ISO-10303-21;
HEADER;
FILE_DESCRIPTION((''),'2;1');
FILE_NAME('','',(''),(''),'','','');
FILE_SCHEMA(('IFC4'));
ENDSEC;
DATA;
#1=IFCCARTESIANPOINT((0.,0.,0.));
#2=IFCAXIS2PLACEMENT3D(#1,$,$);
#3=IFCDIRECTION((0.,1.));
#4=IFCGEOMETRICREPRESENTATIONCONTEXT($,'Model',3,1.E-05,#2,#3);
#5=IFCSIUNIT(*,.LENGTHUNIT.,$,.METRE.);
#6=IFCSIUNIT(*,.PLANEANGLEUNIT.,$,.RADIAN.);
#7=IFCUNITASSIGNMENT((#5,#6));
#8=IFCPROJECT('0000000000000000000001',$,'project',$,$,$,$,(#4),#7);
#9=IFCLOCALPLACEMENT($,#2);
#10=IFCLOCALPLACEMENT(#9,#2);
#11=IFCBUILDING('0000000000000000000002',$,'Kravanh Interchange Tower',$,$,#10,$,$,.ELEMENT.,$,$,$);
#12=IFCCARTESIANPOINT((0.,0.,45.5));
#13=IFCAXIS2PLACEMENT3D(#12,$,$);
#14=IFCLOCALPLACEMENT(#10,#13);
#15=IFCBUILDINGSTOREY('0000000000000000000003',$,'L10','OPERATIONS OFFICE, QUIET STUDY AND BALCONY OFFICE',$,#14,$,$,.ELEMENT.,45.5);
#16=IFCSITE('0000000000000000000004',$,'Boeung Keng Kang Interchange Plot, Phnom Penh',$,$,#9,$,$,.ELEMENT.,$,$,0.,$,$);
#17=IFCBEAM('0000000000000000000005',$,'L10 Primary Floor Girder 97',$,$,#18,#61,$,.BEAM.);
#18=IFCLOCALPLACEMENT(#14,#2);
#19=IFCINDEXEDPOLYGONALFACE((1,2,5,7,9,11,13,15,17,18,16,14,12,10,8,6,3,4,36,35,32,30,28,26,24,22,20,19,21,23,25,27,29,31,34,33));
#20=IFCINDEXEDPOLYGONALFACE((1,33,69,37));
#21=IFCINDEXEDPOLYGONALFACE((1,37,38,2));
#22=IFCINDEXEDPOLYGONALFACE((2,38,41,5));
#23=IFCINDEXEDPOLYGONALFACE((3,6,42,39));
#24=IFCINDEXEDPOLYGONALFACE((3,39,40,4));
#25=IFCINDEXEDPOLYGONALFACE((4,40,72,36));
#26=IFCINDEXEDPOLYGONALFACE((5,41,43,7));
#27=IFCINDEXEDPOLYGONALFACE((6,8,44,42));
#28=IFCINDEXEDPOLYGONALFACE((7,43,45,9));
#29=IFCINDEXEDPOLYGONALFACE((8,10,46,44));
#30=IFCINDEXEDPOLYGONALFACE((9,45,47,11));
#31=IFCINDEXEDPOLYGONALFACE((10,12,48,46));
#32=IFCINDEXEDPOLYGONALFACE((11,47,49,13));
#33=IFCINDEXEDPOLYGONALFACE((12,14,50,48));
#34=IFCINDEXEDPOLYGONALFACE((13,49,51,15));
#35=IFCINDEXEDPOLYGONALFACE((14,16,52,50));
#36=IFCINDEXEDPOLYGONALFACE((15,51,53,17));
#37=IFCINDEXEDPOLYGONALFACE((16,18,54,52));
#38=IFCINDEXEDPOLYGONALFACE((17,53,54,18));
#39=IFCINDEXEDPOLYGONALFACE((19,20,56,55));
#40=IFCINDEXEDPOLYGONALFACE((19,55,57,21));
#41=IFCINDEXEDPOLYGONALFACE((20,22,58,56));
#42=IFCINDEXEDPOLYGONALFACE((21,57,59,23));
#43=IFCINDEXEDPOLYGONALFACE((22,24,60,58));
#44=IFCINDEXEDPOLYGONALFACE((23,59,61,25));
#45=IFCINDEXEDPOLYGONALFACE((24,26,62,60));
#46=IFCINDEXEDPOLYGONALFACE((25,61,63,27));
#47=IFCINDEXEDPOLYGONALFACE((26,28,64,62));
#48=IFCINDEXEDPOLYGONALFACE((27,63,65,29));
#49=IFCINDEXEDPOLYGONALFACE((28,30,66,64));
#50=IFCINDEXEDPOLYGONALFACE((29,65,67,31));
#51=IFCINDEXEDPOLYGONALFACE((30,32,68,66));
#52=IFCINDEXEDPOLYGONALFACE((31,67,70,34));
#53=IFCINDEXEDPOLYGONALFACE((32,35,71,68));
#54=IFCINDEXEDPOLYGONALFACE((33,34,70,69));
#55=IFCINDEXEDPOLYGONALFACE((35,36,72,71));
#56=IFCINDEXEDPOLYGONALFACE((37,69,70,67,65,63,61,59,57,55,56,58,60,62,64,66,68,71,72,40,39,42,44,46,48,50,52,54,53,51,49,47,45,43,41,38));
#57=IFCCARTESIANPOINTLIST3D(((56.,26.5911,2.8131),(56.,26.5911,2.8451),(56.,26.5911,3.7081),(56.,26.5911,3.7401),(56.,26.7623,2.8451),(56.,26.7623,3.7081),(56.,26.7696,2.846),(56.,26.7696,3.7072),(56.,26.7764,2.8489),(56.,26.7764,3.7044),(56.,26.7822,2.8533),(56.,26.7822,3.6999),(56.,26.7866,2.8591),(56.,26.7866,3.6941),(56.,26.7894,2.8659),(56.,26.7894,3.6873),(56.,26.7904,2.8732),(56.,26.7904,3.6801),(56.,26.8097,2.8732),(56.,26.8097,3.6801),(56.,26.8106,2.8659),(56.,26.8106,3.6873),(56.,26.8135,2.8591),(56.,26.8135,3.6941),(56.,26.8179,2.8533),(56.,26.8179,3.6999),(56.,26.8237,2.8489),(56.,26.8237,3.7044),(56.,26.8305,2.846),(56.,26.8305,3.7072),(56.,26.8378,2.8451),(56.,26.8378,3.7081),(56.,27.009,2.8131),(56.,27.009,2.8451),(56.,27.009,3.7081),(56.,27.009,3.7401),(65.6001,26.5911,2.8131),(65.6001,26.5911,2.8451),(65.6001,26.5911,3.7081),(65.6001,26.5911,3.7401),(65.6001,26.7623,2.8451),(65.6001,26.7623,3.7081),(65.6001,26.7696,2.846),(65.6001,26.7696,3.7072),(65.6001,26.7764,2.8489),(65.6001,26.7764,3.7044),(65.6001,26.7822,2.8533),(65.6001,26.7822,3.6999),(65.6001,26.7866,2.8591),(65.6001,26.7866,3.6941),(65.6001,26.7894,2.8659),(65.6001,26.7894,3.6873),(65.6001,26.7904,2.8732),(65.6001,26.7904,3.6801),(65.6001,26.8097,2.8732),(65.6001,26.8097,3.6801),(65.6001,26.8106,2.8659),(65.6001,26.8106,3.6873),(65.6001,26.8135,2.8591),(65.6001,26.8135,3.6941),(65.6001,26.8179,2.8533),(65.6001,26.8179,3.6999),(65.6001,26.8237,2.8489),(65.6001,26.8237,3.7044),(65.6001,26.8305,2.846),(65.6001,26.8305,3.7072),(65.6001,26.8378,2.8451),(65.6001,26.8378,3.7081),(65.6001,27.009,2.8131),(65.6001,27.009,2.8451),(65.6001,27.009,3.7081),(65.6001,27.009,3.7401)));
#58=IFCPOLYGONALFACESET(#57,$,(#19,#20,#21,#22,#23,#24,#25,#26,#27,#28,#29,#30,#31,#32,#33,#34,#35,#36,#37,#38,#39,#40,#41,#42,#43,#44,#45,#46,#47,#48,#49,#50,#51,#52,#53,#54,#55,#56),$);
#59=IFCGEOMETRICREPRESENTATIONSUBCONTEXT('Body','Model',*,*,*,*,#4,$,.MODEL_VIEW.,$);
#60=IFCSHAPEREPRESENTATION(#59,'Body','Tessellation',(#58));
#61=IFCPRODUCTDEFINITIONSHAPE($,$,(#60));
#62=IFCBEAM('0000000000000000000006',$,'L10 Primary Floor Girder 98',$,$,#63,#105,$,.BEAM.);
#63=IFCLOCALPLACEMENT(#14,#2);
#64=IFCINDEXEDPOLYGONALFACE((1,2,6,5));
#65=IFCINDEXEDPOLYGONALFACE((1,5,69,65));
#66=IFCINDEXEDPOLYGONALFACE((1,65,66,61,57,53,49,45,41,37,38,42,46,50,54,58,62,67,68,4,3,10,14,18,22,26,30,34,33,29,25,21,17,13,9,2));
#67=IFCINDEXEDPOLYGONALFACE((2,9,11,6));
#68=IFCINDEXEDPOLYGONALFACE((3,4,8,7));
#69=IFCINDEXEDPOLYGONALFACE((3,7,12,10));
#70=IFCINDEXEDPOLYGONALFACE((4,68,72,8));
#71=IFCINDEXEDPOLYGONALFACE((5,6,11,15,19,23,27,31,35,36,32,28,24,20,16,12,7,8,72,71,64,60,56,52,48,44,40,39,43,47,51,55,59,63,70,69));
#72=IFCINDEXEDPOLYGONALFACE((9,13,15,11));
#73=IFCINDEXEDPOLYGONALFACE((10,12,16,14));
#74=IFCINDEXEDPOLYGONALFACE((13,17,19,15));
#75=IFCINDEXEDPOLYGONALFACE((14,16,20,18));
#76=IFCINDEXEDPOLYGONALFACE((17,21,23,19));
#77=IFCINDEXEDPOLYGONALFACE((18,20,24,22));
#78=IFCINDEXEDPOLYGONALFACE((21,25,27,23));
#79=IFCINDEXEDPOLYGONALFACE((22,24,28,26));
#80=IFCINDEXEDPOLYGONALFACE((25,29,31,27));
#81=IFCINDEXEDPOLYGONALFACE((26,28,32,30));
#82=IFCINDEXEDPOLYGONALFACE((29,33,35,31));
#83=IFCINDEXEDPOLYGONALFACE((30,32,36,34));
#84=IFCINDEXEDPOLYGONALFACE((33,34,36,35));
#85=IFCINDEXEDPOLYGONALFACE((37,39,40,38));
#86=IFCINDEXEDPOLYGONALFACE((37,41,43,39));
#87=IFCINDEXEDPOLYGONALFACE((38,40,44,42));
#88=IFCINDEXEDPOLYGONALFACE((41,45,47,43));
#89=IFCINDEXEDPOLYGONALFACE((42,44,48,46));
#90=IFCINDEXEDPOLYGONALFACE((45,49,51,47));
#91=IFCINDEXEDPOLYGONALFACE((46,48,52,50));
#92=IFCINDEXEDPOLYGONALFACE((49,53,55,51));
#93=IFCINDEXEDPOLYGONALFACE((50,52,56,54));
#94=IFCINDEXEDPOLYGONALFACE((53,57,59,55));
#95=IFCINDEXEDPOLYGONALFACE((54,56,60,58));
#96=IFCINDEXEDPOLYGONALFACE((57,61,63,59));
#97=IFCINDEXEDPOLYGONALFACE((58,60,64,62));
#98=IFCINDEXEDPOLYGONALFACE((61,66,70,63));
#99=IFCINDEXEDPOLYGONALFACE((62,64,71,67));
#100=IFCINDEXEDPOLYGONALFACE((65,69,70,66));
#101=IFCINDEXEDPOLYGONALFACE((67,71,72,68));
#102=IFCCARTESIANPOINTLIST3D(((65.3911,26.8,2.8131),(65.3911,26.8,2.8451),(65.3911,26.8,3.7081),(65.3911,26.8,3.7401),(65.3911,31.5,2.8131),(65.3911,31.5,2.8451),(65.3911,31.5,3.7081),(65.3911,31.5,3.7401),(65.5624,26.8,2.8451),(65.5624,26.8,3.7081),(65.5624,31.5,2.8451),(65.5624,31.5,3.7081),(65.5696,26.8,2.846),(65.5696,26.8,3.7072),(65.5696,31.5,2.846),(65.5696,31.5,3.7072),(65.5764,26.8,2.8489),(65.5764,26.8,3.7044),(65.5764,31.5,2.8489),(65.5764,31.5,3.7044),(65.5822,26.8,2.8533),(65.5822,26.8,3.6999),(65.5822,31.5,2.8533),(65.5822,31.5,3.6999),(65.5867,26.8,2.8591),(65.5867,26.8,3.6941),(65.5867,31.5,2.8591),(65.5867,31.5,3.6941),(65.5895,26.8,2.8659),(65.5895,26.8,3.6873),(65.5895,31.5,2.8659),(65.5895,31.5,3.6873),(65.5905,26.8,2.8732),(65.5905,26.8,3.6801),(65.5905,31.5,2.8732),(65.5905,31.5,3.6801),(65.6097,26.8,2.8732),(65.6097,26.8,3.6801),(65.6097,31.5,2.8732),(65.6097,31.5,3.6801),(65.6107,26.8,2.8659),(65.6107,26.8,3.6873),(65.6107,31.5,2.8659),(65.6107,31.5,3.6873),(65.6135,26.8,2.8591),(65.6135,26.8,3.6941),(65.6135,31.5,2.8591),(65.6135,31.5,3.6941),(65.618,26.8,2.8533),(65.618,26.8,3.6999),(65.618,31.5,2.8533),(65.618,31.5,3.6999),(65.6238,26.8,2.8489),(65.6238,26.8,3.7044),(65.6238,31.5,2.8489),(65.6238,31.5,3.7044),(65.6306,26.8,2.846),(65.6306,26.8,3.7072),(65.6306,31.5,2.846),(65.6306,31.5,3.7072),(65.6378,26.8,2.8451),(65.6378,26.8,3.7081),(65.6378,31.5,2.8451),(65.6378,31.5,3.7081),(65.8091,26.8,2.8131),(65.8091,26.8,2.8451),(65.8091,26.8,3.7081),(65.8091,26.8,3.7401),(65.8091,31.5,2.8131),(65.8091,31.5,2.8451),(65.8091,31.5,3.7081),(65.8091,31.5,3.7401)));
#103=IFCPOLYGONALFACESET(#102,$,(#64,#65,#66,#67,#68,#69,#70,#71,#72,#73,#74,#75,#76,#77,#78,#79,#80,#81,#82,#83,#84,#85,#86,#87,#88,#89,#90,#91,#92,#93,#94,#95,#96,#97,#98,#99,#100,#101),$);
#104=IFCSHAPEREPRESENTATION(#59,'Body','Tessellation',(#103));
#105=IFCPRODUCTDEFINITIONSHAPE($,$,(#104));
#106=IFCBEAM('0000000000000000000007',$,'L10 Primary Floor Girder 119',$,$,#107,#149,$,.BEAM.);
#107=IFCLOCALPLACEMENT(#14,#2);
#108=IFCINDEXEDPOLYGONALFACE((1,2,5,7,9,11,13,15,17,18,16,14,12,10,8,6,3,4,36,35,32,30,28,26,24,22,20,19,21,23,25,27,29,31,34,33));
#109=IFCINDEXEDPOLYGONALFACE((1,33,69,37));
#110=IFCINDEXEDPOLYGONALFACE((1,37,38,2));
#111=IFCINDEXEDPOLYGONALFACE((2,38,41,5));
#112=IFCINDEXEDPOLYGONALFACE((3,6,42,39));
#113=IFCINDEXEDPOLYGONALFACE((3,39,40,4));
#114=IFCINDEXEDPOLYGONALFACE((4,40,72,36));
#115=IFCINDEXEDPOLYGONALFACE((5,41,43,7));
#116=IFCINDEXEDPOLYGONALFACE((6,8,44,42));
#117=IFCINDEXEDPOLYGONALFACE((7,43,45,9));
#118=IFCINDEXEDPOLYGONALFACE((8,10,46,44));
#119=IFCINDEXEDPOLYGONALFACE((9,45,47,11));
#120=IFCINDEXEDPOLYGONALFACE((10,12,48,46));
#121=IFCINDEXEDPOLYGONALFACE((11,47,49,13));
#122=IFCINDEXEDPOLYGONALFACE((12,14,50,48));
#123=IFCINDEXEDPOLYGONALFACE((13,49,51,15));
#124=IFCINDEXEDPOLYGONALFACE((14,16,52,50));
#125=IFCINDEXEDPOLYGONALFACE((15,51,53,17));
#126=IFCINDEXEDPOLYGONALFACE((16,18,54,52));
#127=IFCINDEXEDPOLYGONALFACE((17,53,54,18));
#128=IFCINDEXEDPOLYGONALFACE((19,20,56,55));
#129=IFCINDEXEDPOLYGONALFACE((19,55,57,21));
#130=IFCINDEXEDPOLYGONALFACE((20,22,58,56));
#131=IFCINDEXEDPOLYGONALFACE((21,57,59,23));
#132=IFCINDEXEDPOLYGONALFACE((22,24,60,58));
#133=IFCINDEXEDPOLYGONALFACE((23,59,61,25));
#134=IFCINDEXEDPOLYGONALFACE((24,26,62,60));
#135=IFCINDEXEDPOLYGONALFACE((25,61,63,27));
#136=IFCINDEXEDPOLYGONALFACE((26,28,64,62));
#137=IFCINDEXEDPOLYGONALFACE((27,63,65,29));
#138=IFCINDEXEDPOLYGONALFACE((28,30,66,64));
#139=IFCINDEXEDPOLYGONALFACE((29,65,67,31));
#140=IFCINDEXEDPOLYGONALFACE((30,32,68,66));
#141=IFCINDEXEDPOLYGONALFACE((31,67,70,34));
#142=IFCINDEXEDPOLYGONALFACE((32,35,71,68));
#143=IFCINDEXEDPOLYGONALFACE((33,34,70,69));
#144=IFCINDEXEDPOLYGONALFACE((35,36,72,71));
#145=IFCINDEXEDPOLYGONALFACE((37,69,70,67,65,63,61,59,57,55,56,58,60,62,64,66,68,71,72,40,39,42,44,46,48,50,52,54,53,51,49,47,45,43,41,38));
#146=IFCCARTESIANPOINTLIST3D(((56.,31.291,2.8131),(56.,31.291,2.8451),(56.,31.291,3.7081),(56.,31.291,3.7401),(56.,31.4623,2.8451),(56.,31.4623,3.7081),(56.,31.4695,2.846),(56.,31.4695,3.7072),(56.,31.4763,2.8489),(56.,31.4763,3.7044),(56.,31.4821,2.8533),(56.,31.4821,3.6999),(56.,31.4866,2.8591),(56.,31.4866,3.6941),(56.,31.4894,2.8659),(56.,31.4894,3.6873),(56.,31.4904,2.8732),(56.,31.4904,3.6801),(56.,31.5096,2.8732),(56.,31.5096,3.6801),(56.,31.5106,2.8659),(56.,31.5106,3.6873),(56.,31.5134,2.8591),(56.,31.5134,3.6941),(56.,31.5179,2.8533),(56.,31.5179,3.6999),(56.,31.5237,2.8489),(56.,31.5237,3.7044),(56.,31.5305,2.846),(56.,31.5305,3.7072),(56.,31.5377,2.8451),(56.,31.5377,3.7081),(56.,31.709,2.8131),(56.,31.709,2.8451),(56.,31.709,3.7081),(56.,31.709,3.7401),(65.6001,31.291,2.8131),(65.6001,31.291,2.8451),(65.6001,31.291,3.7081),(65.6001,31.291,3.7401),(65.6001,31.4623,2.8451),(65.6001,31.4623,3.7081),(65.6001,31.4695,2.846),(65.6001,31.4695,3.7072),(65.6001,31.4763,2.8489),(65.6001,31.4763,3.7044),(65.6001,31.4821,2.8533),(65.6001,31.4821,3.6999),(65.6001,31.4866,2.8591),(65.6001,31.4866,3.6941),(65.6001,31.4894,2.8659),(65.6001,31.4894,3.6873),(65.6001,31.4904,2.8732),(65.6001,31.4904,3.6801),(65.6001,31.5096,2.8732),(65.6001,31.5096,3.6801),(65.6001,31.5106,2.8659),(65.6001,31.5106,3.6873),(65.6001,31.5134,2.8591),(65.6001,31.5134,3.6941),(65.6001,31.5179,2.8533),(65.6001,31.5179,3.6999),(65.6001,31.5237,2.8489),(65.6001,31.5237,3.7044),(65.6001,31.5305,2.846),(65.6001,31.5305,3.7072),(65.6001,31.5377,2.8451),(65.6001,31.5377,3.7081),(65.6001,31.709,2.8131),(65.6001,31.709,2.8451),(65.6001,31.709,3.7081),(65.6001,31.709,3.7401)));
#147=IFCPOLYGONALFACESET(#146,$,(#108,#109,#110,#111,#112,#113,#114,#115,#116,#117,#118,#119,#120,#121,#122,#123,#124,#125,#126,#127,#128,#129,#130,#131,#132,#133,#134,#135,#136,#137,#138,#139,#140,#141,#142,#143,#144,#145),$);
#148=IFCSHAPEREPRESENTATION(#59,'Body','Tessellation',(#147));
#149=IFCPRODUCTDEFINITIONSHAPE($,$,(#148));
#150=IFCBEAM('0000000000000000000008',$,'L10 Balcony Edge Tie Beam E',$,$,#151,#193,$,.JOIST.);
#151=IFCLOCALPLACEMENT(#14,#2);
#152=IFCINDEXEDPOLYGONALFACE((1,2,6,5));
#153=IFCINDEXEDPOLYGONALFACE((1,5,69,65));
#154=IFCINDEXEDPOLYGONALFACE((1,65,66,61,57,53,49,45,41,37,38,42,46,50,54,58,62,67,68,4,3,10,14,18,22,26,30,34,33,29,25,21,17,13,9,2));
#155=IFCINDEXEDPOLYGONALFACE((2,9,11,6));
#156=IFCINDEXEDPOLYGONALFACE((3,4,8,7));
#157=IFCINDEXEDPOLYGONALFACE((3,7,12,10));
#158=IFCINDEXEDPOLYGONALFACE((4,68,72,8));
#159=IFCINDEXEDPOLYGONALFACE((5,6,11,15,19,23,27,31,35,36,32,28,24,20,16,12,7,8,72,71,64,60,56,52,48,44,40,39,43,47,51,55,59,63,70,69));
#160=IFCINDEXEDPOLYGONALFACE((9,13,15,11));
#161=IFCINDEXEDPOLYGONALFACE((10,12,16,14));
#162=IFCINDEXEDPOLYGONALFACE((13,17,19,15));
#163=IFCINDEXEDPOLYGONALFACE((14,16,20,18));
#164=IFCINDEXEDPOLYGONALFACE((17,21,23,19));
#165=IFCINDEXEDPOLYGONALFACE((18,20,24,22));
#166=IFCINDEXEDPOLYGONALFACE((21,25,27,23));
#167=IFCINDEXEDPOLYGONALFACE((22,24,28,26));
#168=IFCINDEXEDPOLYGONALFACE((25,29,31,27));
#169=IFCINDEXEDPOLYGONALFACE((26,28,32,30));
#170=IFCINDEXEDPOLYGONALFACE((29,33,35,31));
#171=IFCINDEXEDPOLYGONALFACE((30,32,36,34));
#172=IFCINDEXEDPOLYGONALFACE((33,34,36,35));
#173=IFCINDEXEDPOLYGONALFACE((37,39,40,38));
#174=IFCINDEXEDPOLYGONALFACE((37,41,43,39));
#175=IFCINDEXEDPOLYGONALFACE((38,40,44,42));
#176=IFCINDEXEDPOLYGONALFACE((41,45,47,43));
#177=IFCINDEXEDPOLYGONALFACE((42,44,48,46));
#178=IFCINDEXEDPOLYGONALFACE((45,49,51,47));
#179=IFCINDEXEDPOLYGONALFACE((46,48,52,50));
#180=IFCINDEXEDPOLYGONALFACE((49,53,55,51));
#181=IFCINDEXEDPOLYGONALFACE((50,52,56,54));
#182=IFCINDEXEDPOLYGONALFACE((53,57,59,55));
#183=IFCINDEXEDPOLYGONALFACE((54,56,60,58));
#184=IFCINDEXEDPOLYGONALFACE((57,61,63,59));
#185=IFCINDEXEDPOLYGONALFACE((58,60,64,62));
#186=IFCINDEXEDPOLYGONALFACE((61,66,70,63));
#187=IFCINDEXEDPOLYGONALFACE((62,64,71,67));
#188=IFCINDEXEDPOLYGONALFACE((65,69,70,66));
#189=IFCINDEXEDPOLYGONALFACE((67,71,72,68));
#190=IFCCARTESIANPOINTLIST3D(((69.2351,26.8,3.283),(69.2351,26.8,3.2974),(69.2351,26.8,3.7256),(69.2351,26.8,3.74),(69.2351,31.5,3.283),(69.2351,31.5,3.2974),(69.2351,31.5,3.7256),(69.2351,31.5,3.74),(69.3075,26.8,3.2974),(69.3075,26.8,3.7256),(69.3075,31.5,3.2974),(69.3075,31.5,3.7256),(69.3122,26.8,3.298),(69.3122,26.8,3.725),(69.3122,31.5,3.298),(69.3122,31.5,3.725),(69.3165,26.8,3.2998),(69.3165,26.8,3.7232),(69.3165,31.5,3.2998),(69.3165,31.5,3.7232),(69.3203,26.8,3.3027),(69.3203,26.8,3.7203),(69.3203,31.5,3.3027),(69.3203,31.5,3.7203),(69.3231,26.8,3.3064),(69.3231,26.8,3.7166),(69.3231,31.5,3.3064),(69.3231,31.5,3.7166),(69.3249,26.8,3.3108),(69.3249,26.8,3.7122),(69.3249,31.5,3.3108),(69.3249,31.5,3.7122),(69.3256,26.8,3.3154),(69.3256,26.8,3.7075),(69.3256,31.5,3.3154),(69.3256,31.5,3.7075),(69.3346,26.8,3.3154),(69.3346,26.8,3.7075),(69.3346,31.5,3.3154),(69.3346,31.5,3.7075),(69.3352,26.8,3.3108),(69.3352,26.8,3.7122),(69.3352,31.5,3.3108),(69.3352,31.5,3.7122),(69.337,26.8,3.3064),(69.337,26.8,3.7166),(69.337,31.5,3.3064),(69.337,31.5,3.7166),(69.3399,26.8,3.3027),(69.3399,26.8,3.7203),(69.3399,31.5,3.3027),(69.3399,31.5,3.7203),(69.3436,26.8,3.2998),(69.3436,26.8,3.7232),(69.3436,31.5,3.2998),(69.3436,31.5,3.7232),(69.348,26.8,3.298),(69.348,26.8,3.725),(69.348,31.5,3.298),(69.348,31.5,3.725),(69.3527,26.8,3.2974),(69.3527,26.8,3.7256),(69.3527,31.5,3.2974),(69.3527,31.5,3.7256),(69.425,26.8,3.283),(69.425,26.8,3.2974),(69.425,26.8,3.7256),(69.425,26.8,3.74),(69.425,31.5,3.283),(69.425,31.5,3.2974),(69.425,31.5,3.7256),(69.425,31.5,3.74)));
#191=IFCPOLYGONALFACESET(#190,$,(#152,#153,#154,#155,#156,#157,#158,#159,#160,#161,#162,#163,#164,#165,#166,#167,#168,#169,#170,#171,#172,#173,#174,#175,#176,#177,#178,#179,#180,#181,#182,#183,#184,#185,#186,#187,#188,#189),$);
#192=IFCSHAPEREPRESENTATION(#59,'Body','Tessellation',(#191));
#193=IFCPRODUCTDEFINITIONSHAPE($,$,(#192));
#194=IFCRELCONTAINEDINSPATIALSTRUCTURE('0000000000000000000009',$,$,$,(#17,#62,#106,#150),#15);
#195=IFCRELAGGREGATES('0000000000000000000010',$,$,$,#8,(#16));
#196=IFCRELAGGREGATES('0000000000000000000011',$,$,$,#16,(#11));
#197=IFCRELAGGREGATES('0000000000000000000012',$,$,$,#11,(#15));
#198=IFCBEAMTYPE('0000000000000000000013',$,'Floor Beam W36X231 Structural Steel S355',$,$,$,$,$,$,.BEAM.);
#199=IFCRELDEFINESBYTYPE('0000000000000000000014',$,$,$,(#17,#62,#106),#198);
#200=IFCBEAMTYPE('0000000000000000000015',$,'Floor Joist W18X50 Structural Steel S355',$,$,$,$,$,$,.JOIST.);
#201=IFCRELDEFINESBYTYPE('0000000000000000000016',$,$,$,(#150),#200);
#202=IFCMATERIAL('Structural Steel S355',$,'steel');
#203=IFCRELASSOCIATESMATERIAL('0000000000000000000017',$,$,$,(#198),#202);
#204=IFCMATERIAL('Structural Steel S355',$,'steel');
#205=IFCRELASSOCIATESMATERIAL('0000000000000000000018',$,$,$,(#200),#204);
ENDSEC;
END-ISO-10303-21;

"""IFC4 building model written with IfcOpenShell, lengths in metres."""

from ifc_helpers import new_model, si_unit, direction, frame, origin, origin_2d, place, context, subcontext, project, spatial, i_section, extrude, material, material_profile, profile_set, type_object, element, save


model = new_model("IFC4")

# Units and contexts
model_context = context("Model", 3, precision=1e-05, world=origin(), true_north=direction((0.0, 1.0)))
body_context = subcontext(model_context, "Body", "Model", "MODEL_VIEW")
ifc_project = project(units=[si_unit("LENGTHUNIT", "METRE"), si_unit("PLANEANGLEUNIT", "RADIAN")], contexts=[model_context])

# Site, building, storey
site_placement = place(None, origin())
site = spatial("IfcSite", under=ifc_project, at=site_placement, Name="Boeung Keng Kang Interchange Plot, Phnom Penh", CompositionType="ELEMENT", RefElevation=0.0)
building_placement = place(site_placement, origin())
building = spatial("IfcBuilding", under=site, at=building_placement, Name="Kravanh Interchange Tower", CompositionType="ELEMENT")
storey_placement = place(building_placement, frame((0.0, 0.0, 45.5)))
storey = spatial("IfcBuildingStorey", under=building, at=storey_placement, Name="L10", Description="OPERATIONS OFFICE, QUIET STUDY AND BALCONY OFFICE", CompositionType="ELEMENT", Elevation=45.5)

# Beams
ifc_material_1 = material(Name="Structural Steel S355", Category="steel")
ifc_material_profile_1 = material_profile(ifc_material_1, i_section(OverallWidth=0.418, OverallDepth=0.927, WebThickness=0.0193, FlangeThickness=0.032, FilletRadius=0.0281, at=origin_2d()), Name="W36X231")
ifc_profile_set_1 = profile_set([ifc_material_profile_1], Name="Structural Steel S355")
beam_type_1 = type_object("IfcBeamType", Name="Floor Beam W36X231 Structural Steel S355", PredefinedType="BEAM", material=ifc_profile_set_1)
beam_1_placement = place(storey_placement, frame((56.0, 26.8, 3.2766), z_axis=(1.0, 0.0, 0.0), x_axis=(0.0, 1.0, 0.0)))
element("IfcBeam", 1, at=beam_1_placement, inside=storey, type_object=beam_type_1, Name="L10 Primary Floor Girder 97", PredefinedType="BEAM", context=body_context, shape_type="SweptSolid", body=[
    extrude(i_section(OverallWidth=0.418, OverallDepth=0.927, WebThickness=0.0193, FlangeThickness=0.032, FilletRadius=0.0281, at=origin_2d()), origin(), (0.0, 0.0, 1.0), 9.6001),
])
beam_2_placement = place(storey_placement, frame((65.6001, 26.8, 3.2766), z_axis=(0.0, 1.0, 0.0), x_axis=(-1.0, 0.0, 0.0)))
element("IfcBeam", 2, at=beam_2_placement, inside=storey, type_object=beam_type_1, Name="L10 Primary Floor Girder 98", PredefinedType="BEAM", context=body_context, shape_type="SweptSolid", body=[
    extrude(i_section(OverallWidth=0.418, OverallDepth=0.927, WebThickness=0.0193, FlangeThickness=0.032, FilletRadius=0.0281, at=origin_2d()), origin(), (0.0, 0.0, 1.0), 4.7),
])
beam_3_placement = place(storey_placement, frame((56.0, 31.5, 3.2766), z_axis=(1.0, 0.0, 0.0), x_axis=(0.0, 1.0, 0.0)))
element("IfcBeam", 3, at=beam_3_placement, inside=storey, type_object=beam_type_1, Name="L10 Primary Floor Girder 119", PredefinedType="BEAM", context=body_context, shape_type="SweptSolid", body=[
    extrude(i_section(OverallWidth=0.418, OverallDepth=0.927, WebThickness=0.0193, FlangeThickness=0.032, FilletRadius=0.0281, at=origin_2d()), origin(), (0.0, 0.0, 1.0), 9.6001),
])
ifc_material_2 = material(Name="Structural Steel S355", Category="steel")
ifc_material_profile_2 = material_profile(ifc_material_2, i_section(OverallWidth=0.1899, OverallDepth=0.457, WebThickness=0.009, FlangeThickness=0.0144, FilletRadius=0.0181, at=origin_2d()), Name="W18X50")
ifc_profile_set_2 = profile_set([ifc_material_profile_2], Name="Structural Steel S355")
beam_type_2 = type_object("IfcBeamType", Name="Floor Joist W18X50 Structural Steel S355", PredefinedType="JOIST", material=ifc_profile_set_2)
beam_4_placement = place(storey_placement, frame((69.3301, 26.8, 3.5115), z_axis=(0.0, 1.0, 0.0), x_axis=(-1.0, 0.0, 0.0)))
element("IfcBeam", 4, at=beam_4_placement, inside=storey, type_object=beam_type_2, Name="L10 Balcony Edge Tie Beam E", PredefinedType="JOIST", context=body_context, shape_type="SweptSolid", body=[
    extrude(i_section(OverallWidth=0.1899, OverallDepth=0.457, WebThickness=0.009, FlangeThickness=0.0144, FilletRadius=0.0181, at=origin_2d()), origin(), (0.0, 0.0, 1.0), 4.7),
])

save(model, "model.ifc")
